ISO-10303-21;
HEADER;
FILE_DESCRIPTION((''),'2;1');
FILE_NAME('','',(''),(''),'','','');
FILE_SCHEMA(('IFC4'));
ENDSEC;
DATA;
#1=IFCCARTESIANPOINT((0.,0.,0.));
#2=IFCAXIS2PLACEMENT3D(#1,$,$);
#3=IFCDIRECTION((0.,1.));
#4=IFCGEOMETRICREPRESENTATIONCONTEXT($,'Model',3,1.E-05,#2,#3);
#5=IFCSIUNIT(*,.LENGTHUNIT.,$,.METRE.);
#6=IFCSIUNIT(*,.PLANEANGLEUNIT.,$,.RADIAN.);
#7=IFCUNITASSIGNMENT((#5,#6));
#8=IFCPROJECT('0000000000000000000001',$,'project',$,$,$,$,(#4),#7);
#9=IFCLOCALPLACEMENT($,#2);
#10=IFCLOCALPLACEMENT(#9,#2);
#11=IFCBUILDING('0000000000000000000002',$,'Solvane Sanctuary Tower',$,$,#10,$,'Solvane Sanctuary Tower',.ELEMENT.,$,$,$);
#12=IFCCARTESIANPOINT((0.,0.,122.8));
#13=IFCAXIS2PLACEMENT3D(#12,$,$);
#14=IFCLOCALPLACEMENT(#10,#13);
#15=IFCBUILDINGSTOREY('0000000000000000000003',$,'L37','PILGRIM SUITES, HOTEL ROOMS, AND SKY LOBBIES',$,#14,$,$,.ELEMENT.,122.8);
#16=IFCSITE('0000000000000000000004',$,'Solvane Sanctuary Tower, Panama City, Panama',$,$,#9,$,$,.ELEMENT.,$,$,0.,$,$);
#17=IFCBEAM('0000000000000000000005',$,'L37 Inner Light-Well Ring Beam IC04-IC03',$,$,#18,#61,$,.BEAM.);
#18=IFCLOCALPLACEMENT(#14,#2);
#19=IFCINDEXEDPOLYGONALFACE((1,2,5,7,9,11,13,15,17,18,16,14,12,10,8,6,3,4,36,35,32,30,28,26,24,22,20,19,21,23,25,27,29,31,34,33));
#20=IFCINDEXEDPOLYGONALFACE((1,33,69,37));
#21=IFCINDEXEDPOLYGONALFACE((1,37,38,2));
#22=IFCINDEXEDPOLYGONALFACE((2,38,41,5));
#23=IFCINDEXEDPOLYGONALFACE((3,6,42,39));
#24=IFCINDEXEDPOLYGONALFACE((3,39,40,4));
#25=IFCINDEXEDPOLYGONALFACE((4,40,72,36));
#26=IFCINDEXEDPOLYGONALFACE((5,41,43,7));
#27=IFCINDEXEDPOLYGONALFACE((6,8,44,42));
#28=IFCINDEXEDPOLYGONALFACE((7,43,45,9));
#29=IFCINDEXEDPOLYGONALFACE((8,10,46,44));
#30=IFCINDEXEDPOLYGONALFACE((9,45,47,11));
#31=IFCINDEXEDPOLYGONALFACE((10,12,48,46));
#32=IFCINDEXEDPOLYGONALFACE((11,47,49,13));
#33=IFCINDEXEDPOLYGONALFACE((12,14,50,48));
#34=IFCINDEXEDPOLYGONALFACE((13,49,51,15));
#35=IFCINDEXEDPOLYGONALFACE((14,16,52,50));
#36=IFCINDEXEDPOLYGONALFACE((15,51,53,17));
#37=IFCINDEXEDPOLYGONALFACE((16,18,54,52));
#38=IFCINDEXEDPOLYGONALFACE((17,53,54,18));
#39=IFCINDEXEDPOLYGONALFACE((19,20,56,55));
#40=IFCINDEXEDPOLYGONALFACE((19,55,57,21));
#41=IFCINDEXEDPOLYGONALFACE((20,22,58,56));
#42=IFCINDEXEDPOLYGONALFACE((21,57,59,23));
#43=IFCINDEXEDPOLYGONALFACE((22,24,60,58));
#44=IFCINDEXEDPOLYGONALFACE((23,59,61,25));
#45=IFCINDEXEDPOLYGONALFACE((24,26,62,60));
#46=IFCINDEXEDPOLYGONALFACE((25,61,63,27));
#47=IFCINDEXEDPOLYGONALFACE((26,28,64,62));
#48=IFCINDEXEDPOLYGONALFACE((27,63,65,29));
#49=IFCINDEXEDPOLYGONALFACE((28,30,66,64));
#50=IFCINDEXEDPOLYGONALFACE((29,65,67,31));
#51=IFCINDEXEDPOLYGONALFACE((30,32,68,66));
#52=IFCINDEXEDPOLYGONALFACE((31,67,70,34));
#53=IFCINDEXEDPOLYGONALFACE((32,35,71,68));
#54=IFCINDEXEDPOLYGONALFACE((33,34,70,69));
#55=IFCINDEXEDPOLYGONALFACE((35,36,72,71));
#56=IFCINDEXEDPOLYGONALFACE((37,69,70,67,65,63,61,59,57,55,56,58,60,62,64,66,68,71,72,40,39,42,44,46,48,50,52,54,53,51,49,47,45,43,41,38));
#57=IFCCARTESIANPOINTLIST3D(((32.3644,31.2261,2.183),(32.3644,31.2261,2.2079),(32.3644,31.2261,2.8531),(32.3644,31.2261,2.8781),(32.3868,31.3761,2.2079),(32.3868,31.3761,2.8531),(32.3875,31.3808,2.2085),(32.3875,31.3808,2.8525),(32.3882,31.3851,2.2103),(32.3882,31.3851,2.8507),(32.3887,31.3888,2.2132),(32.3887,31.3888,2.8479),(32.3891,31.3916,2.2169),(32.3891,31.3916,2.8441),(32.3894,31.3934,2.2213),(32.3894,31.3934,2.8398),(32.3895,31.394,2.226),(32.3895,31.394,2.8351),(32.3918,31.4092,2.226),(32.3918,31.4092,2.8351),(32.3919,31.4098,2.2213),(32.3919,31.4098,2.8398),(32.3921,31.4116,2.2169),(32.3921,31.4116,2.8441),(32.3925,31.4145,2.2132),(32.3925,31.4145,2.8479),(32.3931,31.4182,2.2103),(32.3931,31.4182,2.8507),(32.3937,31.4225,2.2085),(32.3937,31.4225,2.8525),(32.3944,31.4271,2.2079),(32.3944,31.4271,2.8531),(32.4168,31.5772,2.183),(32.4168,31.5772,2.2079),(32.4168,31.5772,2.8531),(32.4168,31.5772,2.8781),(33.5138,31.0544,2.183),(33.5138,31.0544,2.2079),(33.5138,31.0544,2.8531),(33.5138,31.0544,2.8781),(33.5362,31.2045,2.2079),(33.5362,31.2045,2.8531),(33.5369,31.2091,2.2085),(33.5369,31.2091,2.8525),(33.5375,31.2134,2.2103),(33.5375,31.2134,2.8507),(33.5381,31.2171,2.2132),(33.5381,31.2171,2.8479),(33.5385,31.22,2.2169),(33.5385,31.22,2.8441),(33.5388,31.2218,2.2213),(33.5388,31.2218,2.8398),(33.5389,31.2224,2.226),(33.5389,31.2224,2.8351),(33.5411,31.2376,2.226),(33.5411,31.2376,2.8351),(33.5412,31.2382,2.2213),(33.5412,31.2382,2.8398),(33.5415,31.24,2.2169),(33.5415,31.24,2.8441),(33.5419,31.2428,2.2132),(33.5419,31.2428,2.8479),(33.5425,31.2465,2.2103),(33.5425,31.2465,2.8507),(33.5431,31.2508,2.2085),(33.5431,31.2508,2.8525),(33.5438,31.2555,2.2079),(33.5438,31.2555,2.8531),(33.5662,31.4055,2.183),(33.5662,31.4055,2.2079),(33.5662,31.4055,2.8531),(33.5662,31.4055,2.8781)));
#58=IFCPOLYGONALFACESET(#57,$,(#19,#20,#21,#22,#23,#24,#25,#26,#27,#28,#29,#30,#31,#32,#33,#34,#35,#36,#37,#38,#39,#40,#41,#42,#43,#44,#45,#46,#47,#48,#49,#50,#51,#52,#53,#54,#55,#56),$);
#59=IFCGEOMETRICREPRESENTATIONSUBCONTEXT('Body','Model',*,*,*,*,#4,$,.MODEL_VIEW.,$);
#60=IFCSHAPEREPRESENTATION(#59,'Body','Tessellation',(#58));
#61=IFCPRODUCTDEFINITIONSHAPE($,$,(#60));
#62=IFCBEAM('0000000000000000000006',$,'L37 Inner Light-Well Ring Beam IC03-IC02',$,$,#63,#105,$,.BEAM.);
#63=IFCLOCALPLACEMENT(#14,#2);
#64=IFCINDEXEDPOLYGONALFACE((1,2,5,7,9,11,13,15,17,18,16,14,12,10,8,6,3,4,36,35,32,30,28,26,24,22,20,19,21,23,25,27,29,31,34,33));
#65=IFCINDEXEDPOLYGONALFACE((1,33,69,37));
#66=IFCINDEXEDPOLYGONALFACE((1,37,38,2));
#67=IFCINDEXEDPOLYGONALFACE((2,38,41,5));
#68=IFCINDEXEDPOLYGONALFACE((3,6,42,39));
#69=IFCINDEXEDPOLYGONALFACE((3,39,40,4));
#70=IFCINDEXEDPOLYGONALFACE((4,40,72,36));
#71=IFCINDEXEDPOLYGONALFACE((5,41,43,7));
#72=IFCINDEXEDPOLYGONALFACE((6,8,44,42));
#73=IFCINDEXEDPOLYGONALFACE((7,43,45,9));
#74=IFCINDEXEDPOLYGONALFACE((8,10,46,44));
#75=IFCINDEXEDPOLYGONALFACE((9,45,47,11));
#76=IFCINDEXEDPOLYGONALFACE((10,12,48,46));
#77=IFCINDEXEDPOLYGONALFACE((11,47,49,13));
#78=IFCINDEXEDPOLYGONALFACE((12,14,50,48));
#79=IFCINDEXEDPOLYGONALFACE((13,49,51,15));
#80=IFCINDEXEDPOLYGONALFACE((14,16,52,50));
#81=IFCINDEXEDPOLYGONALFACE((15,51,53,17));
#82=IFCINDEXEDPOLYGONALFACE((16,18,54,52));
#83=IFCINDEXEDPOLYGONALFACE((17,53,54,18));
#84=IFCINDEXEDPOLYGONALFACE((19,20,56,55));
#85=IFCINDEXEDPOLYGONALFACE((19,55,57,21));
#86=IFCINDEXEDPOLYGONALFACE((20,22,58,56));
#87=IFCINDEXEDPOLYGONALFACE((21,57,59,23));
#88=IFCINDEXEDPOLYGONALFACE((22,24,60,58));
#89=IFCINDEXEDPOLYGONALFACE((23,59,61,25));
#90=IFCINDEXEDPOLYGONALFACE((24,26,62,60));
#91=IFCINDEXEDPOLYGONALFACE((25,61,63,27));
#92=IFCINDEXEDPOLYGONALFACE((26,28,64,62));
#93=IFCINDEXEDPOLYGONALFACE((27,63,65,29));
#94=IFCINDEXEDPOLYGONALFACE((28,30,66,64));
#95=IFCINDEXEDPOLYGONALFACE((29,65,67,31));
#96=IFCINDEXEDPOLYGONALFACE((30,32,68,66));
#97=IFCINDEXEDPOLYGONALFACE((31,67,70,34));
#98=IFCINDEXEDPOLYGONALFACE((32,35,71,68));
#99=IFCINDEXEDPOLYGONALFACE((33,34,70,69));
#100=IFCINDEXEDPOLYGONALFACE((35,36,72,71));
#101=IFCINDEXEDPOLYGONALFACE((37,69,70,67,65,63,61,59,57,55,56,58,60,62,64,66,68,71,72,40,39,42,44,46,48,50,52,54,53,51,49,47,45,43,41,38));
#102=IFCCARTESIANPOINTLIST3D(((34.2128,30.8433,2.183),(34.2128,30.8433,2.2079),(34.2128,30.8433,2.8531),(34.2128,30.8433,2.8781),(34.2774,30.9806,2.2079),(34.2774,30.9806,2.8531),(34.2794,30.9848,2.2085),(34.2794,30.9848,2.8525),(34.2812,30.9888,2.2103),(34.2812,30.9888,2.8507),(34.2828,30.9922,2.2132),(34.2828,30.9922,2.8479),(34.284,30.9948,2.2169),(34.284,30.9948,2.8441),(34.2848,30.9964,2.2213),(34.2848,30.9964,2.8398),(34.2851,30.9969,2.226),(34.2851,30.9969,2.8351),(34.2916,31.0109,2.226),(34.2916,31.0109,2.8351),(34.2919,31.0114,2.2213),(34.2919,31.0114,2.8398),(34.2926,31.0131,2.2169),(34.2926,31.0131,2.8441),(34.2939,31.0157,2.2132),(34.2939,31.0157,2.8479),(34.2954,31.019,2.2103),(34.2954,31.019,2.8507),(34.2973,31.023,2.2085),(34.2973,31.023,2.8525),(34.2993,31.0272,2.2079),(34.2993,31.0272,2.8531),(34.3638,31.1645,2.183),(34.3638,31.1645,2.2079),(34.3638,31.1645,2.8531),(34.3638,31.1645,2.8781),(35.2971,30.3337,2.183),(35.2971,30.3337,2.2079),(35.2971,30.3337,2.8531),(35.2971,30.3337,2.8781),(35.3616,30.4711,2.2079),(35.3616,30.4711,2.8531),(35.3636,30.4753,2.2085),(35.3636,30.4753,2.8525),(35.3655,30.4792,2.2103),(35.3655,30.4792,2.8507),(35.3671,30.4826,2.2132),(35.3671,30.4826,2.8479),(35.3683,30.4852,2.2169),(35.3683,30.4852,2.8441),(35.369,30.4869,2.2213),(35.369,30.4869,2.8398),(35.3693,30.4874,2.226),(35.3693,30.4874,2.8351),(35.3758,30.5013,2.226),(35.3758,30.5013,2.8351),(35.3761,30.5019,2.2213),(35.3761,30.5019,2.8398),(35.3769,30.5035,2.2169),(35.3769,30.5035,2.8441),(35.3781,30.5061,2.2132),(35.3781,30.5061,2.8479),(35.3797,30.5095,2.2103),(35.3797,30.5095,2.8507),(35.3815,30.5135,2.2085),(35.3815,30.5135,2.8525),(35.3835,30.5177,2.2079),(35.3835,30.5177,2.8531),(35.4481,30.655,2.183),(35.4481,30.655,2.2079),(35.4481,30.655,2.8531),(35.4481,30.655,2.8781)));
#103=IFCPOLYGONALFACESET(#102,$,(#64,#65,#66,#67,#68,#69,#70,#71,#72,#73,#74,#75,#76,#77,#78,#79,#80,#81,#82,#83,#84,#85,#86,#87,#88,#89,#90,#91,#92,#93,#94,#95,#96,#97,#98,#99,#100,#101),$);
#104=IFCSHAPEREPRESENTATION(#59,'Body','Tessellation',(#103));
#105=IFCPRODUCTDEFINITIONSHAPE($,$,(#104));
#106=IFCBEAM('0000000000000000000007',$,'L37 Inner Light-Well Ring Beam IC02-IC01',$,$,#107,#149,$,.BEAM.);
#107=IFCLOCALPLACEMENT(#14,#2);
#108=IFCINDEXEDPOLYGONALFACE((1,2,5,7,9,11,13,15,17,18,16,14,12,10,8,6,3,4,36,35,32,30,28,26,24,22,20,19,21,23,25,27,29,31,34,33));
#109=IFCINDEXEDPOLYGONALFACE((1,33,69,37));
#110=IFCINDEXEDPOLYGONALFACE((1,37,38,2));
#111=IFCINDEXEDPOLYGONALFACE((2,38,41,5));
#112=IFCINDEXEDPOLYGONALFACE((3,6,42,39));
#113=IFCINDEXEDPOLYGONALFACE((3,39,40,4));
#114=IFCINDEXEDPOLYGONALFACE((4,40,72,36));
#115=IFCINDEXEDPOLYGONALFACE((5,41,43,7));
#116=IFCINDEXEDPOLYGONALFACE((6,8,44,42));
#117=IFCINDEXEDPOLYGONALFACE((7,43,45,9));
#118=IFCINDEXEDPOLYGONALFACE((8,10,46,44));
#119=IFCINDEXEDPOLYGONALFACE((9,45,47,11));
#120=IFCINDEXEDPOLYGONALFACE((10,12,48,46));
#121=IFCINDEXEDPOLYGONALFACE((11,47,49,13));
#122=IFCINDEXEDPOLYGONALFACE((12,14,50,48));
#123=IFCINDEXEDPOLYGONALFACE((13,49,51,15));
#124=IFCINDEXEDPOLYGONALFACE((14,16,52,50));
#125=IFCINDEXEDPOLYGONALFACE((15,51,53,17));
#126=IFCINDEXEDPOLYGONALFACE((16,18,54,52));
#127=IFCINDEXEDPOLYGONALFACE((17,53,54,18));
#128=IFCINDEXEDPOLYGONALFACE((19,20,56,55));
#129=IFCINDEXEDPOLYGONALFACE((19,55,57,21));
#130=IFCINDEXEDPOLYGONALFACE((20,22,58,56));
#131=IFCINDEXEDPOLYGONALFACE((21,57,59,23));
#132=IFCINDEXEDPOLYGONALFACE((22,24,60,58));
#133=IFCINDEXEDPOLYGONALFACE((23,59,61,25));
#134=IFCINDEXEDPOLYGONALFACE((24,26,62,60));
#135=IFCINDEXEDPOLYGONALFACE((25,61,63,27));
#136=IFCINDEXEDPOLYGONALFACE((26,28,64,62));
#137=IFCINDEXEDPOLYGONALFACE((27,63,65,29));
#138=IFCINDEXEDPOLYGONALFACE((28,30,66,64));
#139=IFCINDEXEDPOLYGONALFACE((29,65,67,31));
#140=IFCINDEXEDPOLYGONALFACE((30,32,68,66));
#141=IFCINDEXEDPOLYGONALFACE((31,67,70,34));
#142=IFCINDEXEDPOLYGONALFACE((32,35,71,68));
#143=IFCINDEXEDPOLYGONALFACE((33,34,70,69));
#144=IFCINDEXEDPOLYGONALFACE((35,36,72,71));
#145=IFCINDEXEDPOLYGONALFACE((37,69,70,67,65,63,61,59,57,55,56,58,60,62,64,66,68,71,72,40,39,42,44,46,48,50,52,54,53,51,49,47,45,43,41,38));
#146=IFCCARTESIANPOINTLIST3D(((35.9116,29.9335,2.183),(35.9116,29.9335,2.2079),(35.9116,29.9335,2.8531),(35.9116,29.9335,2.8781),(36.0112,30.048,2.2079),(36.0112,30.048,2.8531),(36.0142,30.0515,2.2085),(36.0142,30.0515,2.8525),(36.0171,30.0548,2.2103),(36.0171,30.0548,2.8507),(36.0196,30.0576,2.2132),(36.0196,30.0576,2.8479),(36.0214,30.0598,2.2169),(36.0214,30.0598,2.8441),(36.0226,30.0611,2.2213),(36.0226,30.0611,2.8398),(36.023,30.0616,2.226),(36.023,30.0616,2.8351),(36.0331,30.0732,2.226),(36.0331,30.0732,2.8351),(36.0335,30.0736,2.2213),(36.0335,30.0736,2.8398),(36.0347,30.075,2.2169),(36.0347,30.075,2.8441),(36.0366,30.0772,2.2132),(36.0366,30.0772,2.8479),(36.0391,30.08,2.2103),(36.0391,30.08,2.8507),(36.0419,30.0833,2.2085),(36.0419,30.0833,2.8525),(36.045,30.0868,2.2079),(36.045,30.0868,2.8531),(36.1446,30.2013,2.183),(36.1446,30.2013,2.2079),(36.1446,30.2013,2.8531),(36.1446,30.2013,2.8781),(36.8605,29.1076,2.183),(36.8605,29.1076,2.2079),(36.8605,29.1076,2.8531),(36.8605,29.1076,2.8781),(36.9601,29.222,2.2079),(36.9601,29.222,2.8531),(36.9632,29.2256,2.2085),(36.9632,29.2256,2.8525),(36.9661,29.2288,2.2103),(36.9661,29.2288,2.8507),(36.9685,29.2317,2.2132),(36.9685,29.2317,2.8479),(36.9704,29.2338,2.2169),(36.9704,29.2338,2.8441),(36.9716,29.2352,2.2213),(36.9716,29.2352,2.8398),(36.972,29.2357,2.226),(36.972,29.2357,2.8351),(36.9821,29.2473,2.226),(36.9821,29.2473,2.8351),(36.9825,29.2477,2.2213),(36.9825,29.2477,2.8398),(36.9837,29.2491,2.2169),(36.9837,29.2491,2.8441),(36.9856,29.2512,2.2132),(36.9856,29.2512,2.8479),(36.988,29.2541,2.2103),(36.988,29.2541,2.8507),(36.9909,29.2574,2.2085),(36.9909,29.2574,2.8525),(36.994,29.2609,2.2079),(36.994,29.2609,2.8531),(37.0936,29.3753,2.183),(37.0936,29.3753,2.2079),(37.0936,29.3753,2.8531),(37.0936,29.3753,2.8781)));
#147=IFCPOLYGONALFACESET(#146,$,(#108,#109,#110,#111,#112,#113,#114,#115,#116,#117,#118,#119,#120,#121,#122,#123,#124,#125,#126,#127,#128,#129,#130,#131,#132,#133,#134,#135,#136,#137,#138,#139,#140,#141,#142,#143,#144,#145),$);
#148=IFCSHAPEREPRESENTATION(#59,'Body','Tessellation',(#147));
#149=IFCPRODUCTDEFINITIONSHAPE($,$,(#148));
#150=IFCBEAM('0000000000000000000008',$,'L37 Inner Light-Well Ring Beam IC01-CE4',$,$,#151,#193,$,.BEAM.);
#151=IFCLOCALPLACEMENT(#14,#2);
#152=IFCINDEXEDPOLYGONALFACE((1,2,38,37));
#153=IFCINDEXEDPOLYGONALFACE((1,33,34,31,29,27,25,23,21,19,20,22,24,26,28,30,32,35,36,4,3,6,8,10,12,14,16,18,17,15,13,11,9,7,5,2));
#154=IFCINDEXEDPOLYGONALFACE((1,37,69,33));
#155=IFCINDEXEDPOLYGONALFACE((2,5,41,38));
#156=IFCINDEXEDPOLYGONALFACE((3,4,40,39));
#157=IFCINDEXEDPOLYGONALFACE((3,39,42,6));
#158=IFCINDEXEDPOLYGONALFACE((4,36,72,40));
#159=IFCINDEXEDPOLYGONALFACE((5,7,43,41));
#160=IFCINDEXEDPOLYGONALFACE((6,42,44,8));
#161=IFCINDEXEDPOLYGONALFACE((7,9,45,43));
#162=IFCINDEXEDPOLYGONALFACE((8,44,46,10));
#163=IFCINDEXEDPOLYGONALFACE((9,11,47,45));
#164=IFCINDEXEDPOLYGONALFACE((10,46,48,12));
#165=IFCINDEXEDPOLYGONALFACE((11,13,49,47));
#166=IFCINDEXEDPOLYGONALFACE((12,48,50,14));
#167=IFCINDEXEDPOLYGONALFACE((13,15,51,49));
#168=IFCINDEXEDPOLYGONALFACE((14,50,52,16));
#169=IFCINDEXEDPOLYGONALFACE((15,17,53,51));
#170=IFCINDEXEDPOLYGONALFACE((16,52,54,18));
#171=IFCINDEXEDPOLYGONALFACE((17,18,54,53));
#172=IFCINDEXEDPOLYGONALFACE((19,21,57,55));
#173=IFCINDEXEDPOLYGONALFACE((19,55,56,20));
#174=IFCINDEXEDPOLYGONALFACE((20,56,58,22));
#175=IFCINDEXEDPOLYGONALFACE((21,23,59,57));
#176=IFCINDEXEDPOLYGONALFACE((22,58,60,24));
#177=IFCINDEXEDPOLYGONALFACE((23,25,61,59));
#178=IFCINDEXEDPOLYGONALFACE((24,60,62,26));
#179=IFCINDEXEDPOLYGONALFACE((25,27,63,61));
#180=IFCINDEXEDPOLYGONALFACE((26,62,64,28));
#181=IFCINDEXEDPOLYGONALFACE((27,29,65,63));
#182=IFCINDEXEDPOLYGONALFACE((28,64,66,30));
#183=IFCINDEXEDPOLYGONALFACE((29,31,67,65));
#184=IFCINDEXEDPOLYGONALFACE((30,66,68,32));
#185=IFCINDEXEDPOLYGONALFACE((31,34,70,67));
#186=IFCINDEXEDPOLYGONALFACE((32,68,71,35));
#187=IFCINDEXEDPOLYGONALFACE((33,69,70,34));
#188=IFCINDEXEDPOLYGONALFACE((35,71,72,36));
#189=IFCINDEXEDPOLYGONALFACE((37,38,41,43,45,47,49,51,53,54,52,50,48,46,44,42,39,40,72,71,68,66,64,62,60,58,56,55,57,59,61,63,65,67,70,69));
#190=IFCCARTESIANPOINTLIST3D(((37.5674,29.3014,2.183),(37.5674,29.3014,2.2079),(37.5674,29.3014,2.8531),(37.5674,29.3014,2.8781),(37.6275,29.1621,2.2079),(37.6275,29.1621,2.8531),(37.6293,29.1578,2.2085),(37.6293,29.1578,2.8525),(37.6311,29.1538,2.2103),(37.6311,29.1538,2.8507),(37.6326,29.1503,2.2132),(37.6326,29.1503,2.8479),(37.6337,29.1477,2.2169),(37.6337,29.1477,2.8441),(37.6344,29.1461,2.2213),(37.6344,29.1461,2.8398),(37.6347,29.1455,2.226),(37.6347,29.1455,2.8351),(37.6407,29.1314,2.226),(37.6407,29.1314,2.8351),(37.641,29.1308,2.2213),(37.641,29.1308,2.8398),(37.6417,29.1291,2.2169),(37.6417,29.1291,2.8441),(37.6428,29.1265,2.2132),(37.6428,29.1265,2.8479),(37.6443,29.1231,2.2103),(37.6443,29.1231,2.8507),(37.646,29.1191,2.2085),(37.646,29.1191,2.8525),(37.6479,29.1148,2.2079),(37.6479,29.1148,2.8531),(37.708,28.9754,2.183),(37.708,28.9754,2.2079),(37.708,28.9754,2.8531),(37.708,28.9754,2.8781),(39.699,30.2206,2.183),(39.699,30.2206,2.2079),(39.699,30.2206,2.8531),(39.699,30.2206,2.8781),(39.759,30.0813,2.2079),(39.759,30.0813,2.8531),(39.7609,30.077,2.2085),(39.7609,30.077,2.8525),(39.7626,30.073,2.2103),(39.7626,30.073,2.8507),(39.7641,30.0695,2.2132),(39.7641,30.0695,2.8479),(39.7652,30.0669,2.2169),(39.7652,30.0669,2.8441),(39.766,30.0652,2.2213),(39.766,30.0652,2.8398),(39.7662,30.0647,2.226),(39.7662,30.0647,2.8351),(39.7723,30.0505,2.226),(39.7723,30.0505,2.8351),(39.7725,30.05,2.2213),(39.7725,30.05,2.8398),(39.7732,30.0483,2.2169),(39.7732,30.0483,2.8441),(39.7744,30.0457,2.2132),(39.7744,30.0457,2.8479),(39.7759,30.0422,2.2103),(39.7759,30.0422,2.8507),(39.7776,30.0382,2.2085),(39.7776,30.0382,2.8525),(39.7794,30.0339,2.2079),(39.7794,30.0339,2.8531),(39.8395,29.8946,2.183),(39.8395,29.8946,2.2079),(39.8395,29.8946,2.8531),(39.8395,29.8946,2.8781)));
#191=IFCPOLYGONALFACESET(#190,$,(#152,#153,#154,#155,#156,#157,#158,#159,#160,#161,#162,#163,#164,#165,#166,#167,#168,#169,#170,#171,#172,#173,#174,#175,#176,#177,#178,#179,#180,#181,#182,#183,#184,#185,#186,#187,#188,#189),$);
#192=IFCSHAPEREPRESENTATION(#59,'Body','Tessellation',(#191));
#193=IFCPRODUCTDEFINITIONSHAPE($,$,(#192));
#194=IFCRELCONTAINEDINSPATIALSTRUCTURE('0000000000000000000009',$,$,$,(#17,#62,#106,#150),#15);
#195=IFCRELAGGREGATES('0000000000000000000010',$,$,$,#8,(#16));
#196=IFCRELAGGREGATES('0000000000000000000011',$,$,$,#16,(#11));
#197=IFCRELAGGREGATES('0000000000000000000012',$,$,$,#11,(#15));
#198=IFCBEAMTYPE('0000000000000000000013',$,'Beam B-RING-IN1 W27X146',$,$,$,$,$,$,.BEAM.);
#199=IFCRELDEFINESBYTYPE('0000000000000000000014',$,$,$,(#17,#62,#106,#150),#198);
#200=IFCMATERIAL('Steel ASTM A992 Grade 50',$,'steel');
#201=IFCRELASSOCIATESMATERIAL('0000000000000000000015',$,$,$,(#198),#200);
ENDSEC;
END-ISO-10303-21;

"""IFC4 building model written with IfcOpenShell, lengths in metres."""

from ifc_helpers import new_model, si_unit, direction, frame, origin, origin_2d, place, context, subcontext, project, spatial, i_section, extrude, material, material_profile, profile_set, type_object, element, save


model = new_model("IFC4")

# Units and contexts
model_context = context("Model", 3, precision=1e-05, world=origin(), true_north=direction((0.0, 1.0)))
body_context = subcontext(model_context, "Body", "Model", "MODEL_VIEW")
ifc_project = project(units=[si_unit("LENGTHUNIT", "METRE"), si_unit("PLANEANGLEUNIT", "RADIAN")], contexts=[model_context])

# Site, building, storey
site_placement = place(None, origin())
site = spatial("IfcSite", under=ifc_project, at=site_placement, Name="Solvane Sanctuary Tower, Panama City, Panama", CompositionType="ELEMENT", RefElevation=0.0)
building_placement = place(site_placement, origin())
building = spatial("IfcBuilding", under=site, at=building_placement, Name="Solvane Sanctuary Tower", LongName="Solvane Sanctuary Tower", CompositionType="ELEMENT")
storey_placement = place(building_placement, frame((0.0, 0.0, 122.8)))
storey = spatial("IfcBuildingStorey", under=building, at=storey_placement, Name="L37", Description="PILGRIM SUITES, HOTEL ROOMS, AND SKY LOBBIES", CompositionType="ELEMENT", Elevation=122.8)

# Beams
ifc_material_1 = material(Name="Steel ASTM A992 Grade 50", Category="steel")
ifc_material_profile_1 = material_profile(ifc_material_1, i_section(OverallWidth=0.355, OverallDepth=0.6951, WebThickness=0.0154, FlangeThickness=0.0249, FilletRadius=0.0181, at=origin_2d()), Name="W27X146")
ifc_profile_set_1 = profile_set([ifc_material_profile_1], Name="Steel ASTM A992 Grade 50")
beam_type_1 = type_object("IfcBeamType", Name="Beam B-RING-IN1 W27X146", PredefinedType="BEAM", material=ifc_profile_set_1)
for number, where, z_axis, x_axis, name in (
    (1, (32.3906, 31.4016, 2.5305), (0.989035, -0.147683, 0.0), (0.147683, 0.989035, 0.0), "L37 Inner Light-Well Ring Beam IC04-IC03"),
):
    element("IfcBeam", number, at=place(storey_placement, frame(where, z_axis=z_axis, x_axis=x_axis)), inside=storey, type_object=beam_type_1, Name=name, PredefinedType="BEAM", context=body_context, shape_type="SweptSolid", body=[
        extrude(i_section(OverallWidth=0.355, OverallDepth=0.6951, WebThickness=0.0154, FlangeThickness=0.0249, FilletRadius=0.0181, at=origin_2d()), origin(), (0.0, 0.0, 1.0), 1.1621),
    ])
beam_1_placement = place(storey_placement, frame((34.2883, 31.0039, 2.5305), z_axis=(0.905045, -0.425316, 0.0), x_axis=(0.425316, 0.905045, 0.0)))
element("IfcBeam", 2, at=beam_1_placement, inside=storey, type_object=beam_type_1, Name="L37 Inner Light-Well Ring Beam IC03-IC02", PredefinedType="BEAM", context=body_context, shape_type="SweptSolid", body=[
    extrude(i_section(OverallWidth=0.355, OverallDepth=0.6951, WebThickness=0.0154, FlangeThickness=0.0249, FilletRadius=0.0181, at=origin_2d()), origin(), (0.0, 0.0, 1.0), 1.198),
])
beam_2_placement = place(storey_placement, frame((36.0281, 30.0674, 2.5305), z_axis=(0.754317, -0.65651, 0.0), x_axis=(0.65651, 0.754317, 0.0)))
element("IfcBeam", 3, at=beam_2_placement, inside=storey, type_object=beam_type_1, Name="L37 Inner Light-Well Ring Beam IC02-IC01", PredefinedType="BEAM", context=body_context, shape_type="SweptSolid", body=[
    extrude(i_section(OverallWidth=0.355, OverallDepth=0.6951, WebThickness=0.0154, FlangeThickness=0.0249, FilletRadius=0.0181, at=origin_2d()), origin(), (0.0, 0.0, 1.0), 1.2581),
])
beam_3_placement = place(storey_placement, frame((37.6377, 29.1384, 2.5305), z_axis=(0.918261, 0.395975, 0.0), x_axis=(-0.395975, 0.918261, 0.0)))
element("IfcBeam", 4, at=beam_3_placement, inside=storey, type_object=beam_type_1, Name="L37 Inner Light-Well Ring Beam IC01-CE4", PredefinedType="BEAM", context=body_context, shape_type="SweptSolid", body=[
    extrude(i_section(OverallWidth=0.355, OverallDepth=0.6951, WebThickness=0.0154, FlangeThickness=0.0249, FilletRadius=0.0181, at=origin_2d()), origin(), (0.0, 0.0, 1.0), 2.3213),
])

save(model, "model.ifc")
